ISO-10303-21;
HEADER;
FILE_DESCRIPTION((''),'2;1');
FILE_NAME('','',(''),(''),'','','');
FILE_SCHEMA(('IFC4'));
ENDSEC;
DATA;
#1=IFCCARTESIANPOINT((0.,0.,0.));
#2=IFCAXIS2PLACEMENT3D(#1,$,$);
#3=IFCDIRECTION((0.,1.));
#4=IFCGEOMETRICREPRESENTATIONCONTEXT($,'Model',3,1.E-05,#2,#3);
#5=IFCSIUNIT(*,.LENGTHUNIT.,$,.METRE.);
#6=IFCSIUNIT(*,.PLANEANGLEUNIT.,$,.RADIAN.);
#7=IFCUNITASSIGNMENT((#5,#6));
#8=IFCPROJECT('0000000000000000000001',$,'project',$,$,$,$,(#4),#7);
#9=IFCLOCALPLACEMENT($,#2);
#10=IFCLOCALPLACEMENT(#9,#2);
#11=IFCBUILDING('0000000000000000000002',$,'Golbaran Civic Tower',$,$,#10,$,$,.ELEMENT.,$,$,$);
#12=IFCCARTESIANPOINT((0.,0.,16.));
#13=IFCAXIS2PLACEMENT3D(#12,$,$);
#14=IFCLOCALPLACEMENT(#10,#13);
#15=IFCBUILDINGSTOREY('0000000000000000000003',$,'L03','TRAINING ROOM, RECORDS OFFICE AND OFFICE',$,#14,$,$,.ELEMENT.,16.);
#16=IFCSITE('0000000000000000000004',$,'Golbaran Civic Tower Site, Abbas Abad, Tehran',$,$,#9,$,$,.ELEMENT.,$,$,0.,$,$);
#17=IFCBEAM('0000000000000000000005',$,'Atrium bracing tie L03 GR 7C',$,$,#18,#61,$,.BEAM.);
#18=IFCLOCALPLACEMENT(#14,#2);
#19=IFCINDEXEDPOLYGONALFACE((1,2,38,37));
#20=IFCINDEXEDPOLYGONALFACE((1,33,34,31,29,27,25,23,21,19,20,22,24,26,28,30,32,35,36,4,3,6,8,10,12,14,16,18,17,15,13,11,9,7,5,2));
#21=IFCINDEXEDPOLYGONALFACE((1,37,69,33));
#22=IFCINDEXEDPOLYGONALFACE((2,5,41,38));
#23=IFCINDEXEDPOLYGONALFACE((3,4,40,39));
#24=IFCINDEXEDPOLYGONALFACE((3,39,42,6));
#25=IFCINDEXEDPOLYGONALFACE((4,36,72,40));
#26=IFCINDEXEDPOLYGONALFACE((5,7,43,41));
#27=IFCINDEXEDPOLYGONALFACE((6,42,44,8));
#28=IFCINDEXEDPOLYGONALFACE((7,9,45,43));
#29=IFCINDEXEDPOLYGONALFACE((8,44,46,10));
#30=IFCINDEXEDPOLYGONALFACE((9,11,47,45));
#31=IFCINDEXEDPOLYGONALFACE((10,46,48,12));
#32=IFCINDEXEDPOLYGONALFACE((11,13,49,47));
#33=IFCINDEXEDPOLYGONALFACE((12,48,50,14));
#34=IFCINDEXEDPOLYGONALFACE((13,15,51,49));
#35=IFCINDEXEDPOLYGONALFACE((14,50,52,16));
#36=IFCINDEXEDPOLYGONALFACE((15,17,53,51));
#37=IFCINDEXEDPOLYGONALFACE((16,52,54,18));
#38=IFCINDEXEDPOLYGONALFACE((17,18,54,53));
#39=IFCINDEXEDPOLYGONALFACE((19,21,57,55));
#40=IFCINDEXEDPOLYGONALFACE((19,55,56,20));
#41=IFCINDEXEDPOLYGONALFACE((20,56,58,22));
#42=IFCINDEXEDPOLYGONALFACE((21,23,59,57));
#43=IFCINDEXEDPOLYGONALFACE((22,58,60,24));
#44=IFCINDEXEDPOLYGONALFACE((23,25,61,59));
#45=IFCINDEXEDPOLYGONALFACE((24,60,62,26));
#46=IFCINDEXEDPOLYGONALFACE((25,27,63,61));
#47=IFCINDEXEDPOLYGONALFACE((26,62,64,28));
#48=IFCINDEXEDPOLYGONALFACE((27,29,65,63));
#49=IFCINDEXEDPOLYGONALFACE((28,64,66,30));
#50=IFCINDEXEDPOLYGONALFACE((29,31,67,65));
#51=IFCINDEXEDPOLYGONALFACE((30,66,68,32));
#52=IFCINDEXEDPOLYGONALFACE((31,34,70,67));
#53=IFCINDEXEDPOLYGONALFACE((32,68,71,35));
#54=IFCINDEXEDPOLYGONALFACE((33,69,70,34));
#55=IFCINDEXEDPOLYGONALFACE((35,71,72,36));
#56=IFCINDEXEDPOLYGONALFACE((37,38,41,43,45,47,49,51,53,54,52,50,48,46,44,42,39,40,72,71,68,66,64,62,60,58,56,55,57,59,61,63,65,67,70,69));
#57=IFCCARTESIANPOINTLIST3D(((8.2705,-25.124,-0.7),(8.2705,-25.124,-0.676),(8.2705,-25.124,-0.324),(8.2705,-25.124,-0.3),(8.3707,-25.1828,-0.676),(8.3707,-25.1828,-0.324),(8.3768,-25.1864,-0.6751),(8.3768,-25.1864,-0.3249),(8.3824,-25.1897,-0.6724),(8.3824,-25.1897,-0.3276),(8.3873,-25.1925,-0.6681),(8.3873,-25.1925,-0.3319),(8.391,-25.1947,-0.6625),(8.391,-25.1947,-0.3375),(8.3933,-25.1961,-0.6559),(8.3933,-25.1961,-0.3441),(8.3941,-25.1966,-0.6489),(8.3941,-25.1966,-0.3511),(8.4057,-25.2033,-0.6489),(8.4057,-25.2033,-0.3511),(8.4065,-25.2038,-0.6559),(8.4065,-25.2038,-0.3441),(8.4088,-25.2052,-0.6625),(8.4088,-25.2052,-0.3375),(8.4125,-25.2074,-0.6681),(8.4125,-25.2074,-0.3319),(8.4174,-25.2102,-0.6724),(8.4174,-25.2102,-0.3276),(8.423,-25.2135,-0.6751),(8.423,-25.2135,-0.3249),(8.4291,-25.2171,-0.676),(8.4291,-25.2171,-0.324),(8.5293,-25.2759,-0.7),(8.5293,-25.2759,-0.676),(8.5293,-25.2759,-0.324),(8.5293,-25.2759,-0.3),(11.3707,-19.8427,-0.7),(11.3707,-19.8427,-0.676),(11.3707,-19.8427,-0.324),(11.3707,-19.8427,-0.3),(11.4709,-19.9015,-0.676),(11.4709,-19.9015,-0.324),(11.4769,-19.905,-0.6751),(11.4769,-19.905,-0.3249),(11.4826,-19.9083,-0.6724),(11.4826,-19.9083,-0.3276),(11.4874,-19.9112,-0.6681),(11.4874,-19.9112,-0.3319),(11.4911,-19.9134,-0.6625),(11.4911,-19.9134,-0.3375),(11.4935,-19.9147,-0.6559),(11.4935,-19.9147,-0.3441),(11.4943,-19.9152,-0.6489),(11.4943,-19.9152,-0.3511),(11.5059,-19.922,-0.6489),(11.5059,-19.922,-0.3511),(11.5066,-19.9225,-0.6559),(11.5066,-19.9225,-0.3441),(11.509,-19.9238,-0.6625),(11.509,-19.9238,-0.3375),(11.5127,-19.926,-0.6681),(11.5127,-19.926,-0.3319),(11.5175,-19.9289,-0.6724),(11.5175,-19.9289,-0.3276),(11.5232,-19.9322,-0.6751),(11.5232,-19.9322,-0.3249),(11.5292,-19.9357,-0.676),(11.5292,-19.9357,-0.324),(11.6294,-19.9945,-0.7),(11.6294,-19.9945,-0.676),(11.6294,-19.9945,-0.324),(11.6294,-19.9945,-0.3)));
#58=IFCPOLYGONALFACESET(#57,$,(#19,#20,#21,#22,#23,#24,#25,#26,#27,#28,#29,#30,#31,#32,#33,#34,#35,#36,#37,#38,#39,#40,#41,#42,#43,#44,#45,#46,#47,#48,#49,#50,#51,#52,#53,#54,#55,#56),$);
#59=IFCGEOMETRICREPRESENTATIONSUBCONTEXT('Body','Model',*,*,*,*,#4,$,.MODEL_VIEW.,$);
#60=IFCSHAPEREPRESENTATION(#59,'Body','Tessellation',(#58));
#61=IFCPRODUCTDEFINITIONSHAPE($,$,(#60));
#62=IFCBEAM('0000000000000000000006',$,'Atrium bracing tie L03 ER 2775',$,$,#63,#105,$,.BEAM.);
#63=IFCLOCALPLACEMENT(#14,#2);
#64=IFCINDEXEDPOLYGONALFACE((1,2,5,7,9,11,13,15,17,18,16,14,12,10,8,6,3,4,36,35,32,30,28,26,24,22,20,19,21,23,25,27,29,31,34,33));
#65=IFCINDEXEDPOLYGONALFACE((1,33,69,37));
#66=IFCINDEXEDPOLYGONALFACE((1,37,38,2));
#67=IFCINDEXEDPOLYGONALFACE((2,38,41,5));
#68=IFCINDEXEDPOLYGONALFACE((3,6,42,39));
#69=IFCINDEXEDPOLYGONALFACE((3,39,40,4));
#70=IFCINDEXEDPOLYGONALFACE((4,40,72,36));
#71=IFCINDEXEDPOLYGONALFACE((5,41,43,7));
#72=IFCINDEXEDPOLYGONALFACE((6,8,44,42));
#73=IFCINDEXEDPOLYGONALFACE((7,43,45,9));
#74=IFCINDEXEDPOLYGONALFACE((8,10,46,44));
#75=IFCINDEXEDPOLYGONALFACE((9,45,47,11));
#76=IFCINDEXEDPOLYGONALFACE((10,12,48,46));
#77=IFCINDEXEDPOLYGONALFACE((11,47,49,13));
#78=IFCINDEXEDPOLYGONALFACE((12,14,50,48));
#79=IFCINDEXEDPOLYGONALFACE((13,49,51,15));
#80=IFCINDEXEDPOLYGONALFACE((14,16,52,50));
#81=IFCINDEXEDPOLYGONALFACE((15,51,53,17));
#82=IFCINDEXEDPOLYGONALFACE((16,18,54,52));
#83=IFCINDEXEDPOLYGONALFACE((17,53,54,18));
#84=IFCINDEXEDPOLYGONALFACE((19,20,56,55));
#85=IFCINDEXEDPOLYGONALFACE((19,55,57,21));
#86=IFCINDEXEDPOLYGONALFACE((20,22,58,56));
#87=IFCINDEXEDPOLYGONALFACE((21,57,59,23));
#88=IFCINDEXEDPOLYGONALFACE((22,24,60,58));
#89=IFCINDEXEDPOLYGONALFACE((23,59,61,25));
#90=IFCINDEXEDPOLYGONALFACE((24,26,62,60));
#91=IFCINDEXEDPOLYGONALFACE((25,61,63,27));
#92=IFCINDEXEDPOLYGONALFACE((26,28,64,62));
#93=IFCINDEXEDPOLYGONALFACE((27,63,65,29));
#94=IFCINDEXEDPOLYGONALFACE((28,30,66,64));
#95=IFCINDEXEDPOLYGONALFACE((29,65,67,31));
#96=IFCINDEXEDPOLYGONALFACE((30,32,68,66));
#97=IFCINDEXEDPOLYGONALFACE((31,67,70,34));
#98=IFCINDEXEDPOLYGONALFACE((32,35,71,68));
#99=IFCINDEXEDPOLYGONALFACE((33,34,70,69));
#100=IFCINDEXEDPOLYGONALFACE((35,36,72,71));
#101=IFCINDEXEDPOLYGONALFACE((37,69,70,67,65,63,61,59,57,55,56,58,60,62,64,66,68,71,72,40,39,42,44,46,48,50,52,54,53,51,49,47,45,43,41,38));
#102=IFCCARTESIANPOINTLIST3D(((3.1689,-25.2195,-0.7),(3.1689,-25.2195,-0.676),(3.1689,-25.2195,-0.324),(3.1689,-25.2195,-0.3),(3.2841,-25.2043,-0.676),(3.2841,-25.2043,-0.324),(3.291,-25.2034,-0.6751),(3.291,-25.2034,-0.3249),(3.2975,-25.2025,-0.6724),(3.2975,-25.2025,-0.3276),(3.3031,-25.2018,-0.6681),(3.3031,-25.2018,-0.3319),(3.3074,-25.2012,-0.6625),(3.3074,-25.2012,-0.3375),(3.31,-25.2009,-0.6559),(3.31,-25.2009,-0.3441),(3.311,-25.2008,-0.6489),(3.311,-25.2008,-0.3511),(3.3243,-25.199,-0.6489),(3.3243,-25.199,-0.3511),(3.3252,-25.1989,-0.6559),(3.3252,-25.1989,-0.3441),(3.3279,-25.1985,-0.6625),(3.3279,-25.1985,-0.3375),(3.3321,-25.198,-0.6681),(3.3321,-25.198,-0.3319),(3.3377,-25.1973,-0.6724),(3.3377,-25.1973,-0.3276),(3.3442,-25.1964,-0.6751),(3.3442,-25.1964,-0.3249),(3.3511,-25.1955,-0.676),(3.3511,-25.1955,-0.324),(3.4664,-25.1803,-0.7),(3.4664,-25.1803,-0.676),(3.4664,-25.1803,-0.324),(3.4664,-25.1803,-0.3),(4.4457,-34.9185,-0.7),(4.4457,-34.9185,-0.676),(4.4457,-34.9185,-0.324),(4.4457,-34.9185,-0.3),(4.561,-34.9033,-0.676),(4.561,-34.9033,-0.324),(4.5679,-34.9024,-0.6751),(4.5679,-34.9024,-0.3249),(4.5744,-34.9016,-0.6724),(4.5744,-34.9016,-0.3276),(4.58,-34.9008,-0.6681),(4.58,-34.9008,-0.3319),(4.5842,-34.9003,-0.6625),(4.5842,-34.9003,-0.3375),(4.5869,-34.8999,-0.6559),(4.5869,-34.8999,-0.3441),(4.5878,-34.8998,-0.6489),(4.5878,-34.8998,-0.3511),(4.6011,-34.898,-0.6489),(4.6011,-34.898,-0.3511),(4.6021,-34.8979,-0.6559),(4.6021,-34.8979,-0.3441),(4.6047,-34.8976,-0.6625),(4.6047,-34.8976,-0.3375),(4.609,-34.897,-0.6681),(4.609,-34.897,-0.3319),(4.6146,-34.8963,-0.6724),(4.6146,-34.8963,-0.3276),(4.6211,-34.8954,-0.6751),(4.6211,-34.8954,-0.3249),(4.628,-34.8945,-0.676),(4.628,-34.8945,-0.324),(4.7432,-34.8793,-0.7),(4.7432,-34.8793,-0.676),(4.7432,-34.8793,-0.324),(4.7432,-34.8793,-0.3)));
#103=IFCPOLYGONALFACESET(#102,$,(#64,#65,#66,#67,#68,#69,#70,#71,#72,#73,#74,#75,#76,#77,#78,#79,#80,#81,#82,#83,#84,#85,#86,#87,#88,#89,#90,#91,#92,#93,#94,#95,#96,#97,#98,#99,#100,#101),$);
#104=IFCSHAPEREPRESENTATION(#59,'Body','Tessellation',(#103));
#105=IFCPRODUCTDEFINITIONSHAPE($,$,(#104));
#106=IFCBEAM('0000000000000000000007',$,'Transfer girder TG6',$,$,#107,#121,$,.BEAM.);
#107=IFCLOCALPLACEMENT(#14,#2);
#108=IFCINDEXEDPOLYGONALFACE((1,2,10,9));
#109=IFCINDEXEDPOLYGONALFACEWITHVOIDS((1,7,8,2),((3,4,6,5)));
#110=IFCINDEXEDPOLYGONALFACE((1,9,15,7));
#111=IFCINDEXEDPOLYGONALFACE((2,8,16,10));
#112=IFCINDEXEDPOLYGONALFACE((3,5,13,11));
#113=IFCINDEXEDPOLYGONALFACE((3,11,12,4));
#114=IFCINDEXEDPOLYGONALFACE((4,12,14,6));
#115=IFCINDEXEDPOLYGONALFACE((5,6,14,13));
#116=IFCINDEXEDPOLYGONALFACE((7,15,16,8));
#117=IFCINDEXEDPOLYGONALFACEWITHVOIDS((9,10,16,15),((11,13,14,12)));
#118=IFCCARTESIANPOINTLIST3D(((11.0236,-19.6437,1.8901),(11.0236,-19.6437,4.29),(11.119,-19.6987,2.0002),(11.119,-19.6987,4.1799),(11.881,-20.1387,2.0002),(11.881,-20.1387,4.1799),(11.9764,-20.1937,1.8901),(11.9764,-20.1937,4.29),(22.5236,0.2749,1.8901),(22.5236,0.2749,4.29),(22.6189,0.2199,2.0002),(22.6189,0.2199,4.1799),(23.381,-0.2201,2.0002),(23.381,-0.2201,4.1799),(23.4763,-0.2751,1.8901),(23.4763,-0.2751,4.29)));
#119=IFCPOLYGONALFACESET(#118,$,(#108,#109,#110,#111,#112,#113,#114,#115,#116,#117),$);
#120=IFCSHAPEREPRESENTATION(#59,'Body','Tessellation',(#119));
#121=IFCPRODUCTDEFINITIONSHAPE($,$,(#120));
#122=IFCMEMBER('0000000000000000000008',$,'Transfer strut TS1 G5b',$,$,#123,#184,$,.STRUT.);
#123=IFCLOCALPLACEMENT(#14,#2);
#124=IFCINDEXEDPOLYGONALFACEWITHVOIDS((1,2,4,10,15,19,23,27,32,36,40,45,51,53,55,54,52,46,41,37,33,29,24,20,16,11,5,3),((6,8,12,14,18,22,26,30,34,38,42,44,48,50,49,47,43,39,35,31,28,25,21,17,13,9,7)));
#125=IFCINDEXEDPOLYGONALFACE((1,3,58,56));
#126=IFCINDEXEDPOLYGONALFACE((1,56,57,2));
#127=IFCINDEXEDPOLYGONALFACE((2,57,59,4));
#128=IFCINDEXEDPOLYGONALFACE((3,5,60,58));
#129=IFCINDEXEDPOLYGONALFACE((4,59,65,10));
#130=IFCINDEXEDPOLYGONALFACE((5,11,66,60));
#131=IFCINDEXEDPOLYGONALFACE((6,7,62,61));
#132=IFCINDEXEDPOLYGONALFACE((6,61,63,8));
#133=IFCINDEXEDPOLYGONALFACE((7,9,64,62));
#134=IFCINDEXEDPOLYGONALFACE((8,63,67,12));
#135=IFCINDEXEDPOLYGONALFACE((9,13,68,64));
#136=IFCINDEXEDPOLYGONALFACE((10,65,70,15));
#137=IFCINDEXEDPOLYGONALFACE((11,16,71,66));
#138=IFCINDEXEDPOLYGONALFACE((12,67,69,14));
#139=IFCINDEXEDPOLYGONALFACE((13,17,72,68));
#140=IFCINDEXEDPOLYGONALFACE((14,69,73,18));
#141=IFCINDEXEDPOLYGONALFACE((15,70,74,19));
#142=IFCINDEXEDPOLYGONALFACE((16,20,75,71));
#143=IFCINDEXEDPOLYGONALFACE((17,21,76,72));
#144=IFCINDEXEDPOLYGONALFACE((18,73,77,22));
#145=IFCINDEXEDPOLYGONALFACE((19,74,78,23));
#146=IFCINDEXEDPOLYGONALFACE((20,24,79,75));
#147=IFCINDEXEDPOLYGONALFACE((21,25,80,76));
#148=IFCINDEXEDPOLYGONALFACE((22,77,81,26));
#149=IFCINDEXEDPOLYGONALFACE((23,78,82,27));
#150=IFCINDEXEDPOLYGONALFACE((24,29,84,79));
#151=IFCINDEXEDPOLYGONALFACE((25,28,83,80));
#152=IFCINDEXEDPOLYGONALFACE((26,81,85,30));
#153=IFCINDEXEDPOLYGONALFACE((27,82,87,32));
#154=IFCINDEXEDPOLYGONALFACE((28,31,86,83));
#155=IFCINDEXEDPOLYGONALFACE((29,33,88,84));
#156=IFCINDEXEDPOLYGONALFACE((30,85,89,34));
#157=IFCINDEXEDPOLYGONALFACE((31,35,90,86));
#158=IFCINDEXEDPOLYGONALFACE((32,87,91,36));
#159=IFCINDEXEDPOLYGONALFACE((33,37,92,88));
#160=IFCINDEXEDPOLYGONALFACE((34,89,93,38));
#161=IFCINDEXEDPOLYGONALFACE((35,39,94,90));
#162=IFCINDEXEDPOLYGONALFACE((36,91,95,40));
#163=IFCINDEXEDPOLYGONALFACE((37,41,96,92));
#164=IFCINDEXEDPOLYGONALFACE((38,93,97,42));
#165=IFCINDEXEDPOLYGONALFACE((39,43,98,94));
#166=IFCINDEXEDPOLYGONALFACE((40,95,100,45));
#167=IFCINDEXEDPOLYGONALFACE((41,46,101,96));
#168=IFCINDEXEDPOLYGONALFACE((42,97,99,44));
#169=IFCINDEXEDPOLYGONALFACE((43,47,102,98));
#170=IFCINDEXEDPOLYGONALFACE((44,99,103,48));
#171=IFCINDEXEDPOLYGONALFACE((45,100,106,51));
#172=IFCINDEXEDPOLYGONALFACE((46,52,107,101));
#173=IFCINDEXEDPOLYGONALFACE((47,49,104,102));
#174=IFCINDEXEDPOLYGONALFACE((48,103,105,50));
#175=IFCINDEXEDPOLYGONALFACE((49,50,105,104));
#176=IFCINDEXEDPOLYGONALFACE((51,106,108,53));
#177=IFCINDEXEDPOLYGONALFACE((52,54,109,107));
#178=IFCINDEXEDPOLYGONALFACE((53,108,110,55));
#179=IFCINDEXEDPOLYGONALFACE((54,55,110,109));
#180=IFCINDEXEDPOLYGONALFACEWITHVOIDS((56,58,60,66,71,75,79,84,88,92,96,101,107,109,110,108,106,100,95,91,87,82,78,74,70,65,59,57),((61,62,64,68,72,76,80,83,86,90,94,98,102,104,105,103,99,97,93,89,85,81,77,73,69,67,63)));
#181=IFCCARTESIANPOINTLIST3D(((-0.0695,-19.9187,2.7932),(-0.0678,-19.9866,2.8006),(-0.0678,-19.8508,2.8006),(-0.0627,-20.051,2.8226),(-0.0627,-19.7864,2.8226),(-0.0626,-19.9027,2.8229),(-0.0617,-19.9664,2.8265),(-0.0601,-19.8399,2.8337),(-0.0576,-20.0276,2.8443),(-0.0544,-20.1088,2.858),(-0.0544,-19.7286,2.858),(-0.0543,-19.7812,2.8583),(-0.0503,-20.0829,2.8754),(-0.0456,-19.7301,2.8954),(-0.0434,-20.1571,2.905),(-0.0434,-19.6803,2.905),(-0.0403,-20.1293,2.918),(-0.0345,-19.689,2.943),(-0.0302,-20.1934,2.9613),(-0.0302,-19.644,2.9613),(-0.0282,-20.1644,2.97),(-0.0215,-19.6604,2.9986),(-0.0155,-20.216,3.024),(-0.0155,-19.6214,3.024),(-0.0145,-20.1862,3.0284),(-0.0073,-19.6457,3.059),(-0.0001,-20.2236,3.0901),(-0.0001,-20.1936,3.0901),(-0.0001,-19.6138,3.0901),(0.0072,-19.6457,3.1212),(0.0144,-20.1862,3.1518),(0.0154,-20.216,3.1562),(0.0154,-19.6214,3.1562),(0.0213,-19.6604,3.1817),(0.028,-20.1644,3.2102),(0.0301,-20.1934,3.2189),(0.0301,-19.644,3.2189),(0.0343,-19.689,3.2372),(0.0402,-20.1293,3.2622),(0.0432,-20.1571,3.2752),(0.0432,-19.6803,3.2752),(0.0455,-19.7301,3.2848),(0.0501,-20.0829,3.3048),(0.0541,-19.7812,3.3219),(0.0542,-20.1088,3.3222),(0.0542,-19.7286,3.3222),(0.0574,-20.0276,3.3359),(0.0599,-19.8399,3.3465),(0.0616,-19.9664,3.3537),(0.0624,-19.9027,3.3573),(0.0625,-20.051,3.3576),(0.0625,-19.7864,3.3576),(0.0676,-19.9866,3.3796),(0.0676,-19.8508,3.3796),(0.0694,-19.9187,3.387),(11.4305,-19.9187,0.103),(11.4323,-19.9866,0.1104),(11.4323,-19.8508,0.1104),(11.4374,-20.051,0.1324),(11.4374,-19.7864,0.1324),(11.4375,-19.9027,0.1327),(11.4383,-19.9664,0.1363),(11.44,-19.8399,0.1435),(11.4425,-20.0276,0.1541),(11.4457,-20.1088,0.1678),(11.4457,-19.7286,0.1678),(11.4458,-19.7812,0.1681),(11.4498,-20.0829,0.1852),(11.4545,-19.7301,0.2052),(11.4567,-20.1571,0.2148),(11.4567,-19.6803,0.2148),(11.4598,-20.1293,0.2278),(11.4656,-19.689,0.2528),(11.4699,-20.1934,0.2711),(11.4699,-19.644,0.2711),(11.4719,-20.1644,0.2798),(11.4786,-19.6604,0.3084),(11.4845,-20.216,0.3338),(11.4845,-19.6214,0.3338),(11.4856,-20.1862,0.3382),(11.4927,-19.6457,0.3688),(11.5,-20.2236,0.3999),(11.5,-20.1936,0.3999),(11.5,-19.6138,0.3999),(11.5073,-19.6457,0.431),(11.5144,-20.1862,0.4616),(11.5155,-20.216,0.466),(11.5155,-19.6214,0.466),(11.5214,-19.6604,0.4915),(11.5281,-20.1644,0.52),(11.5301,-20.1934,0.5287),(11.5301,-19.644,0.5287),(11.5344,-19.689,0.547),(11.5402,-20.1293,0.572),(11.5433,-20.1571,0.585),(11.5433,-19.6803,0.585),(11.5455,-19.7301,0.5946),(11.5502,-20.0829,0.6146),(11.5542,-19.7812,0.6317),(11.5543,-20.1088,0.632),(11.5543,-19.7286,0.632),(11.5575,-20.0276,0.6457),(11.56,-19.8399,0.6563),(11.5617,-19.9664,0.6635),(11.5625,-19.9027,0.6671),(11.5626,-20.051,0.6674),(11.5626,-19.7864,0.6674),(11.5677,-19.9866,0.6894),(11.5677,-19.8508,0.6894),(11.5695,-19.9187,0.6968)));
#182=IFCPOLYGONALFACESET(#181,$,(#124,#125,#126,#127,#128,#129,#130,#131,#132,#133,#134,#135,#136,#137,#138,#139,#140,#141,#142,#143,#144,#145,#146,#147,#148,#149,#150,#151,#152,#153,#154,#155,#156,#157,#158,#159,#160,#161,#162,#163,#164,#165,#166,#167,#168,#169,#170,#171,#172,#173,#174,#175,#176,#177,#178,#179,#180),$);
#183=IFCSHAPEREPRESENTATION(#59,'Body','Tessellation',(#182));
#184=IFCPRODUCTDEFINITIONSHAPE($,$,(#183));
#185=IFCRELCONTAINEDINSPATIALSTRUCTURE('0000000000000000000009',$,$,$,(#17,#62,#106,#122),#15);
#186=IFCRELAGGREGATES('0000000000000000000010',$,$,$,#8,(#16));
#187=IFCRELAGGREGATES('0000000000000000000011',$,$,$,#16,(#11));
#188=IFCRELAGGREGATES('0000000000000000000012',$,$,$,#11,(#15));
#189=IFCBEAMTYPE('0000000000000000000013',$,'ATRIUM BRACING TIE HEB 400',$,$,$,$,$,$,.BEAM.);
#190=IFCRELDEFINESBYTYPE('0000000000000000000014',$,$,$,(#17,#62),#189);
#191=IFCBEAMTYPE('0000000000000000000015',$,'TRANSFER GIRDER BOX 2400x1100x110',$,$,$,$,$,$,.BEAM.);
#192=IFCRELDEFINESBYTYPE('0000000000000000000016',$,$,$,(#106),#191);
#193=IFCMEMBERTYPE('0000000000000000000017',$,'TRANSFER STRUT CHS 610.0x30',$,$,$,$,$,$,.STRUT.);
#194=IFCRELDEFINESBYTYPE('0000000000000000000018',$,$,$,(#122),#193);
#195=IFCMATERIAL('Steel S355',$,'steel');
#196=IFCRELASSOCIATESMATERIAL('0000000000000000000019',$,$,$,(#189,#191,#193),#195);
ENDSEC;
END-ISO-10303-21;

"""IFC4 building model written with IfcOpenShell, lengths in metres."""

from ifc_helpers import new_model, si_unit, direction, frame, origin, origin_2d, place, context, subcontext, project, spatial, hollow_rectangle, hollow_circle, i_section, extrude, material, material_profile, profile_set, type_object, element, save


model = new_model("IFC4")

# Units and contexts
model_context = context("Model", 3, precision=1e-05, world=origin(), true_north=direction((0.0, 1.0)))
body_context = subcontext(model_context, "Body", "Model", "MODEL_VIEW")
ifc_project = project(units=[si_unit("LENGTHUNIT", "METRE"), si_unit("PLANEANGLEUNIT", "RADIAN")], contexts=[model_context])

# Site, building, storey
site_placement = place(None, origin())
site = spatial("IfcSite", under=ifc_project, at=site_placement, Name="Golbaran Civic Tower Site, Abbas Abad, Tehran", CompositionType="ELEMENT", RefElevation=0.0)
building_placement = place(site_placement, origin())
building = spatial("IfcBuilding", under=site, at=building_placement, Name="Golbaran Civic Tower", CompositionType="ELEMENT")
storey_placement = place(building_placement, frame((0.0, 0.0, 16.0)))
storey = spatial("IfcBuildingStorey", under=building, at=storey_placement, Name="L03", Description="TRAINING ROOM, RECORDS OFFICE AND OFFICE", CompositionType="ELEMENT", Elevation=16.0)

# Shared definitions
ifc_material_1 = material(Name="Steel S355", Category="steel")

# Beams
ifc_material_profile_1 = material_profile(ifc_material_1, i_section(OverallWidth=0.3, OverallDepth=0.3999, WebThickness=0.0134, FlangeThickness=0.0239, FilletRadius=0.0271, at=origin_2d()), Name="HEB 400")
ifc_profile_set_1 = profile_set([ifc_material_profile_1], Name="Steel S355")
beam_type_1 = type_object("IfcBeamType", Name="ATRIUM BRACING TIE HEB 400", PredefinedType="BEAM", material=ifc_profile_set_1)
beam_1_placement = place(storey_placement, frame((8.3999, -25.2, -0.5), z_axis=(0.506229, 0.862399, 0.0), x_axis=(-0.862399, 0.506229, 0.0)))
element("IfcBeam", 1, at=beam_1_placement, inside=storey, type_object=beam_type_1, Name="Atrium bracing tie L03 GR 7C", PredefinedType="BEAM", context=body_context, shape_type="SweptSolid", body=[
    extrude(i_section(OverallWidth=0.3, OverallDepth=0.3999, WebThickness=0.0134, FlangeThickness=0.0239, FilletRadius=0.0271, at=origin_2d()), origin(), (0.0, 0.0, 1.0), 6.124),
])
beam_2_placement = place(storey_placement, frame((4.5945, -34.8989, -0.5), z_axis=(-0.130522, 0.991445, 0.0), x_axis=(-0.991445, -0.130522, 0.0)))
element("IfcBeam", 2, at=beam_2_placement, inside=storey, type_object=beam_type_1, Name="Atrium bracing tie L03 ER 2775", PredefinedType="BEAM", context=body_context, shape_type="SweptSolid", body=[
    extrude(i_section(OverallWidth=0.3, OverallDepth=0.3999, WebThickness=0.0134, FlangeThickness=0.0239, FilletRadius=0.0271, at=origin_2d()), origin(), (0.0, 0.0, 1.0), 9.7827),
])
ifc_material_profile_2 = material_profile(ifc_material_1, hollow_rectangle(XDim=1.1001, YDim=2.3999, WallThickness=0.1101, at=origin_2d()), Name="BOX 2400x1100x110")
ifc_profile_set_2 = profile_set([ifc_material_profile_2], Name="Steel S355")
beam_type_2 = type_object("IfcBeamType", Name="TRANSFER GIRDER BOX 2400x1100x110", PredefinedType="BEAM", material=ifc_profile_set_2)
beam_3_placement = place(storey_placement, frame((11.5, -19.9187, 3.0901), z_axis=(0.499998, 0.866027, 0.0), x_axis=(-0.866027, 0.499998, 0.0)))
element("IfcBeam", 3, at=beam_3_placement, inside=storey, type_object=beam_type_2, Name="Transfer girder TG6", PredefinedType="BEAM", context=body_context, shape_type="SweptSolid", body=[
    extrude(hollow_rectangle(XDim=1.1001, YDim=2.3999, WallThickness=0.1101, at=origin_2d()), origin(), (0.0, 0.0, 1.0), 23.0),
])

# Member
ifc_material_profile_3 = material_profile(ifc_material_1, hollow_circle(Radius=0.3049, WallThickness=0.03, at=origin_2d()), Name="CHS 610.0x30")
ifc_profile_set_3 = profile_set([ifc_material_profile_3], Name="Steel S355")
member_type = type_object("IfcMemberType", Name="TRANSFER STRUT CHS 610.0x30", PredefinedType="STRUT", material=ifc_profile_set_3)
member_placement = place(storey_placement, frame((11.5, -19.9187, 0.3999), z_axis=(-0.973713, 0.0, 0.22778), x_axis=(0.0, -1.0, 0.0)))
element("IfcMember", 4, at=member_placement, inside=storey, type_object=member_type, Name="Transfer strut TS1 G5b", PredefinedType="STRUT", context=body_context, shape_type="SweptSolid", body=[
    extrude(hollow_circle(Radius=0.3049, WallThickness=0.03, at=origin_2d()), origin(), (0.0, 0.0, 1.0), 11.8105),
])

save(model, "model.ifc")
